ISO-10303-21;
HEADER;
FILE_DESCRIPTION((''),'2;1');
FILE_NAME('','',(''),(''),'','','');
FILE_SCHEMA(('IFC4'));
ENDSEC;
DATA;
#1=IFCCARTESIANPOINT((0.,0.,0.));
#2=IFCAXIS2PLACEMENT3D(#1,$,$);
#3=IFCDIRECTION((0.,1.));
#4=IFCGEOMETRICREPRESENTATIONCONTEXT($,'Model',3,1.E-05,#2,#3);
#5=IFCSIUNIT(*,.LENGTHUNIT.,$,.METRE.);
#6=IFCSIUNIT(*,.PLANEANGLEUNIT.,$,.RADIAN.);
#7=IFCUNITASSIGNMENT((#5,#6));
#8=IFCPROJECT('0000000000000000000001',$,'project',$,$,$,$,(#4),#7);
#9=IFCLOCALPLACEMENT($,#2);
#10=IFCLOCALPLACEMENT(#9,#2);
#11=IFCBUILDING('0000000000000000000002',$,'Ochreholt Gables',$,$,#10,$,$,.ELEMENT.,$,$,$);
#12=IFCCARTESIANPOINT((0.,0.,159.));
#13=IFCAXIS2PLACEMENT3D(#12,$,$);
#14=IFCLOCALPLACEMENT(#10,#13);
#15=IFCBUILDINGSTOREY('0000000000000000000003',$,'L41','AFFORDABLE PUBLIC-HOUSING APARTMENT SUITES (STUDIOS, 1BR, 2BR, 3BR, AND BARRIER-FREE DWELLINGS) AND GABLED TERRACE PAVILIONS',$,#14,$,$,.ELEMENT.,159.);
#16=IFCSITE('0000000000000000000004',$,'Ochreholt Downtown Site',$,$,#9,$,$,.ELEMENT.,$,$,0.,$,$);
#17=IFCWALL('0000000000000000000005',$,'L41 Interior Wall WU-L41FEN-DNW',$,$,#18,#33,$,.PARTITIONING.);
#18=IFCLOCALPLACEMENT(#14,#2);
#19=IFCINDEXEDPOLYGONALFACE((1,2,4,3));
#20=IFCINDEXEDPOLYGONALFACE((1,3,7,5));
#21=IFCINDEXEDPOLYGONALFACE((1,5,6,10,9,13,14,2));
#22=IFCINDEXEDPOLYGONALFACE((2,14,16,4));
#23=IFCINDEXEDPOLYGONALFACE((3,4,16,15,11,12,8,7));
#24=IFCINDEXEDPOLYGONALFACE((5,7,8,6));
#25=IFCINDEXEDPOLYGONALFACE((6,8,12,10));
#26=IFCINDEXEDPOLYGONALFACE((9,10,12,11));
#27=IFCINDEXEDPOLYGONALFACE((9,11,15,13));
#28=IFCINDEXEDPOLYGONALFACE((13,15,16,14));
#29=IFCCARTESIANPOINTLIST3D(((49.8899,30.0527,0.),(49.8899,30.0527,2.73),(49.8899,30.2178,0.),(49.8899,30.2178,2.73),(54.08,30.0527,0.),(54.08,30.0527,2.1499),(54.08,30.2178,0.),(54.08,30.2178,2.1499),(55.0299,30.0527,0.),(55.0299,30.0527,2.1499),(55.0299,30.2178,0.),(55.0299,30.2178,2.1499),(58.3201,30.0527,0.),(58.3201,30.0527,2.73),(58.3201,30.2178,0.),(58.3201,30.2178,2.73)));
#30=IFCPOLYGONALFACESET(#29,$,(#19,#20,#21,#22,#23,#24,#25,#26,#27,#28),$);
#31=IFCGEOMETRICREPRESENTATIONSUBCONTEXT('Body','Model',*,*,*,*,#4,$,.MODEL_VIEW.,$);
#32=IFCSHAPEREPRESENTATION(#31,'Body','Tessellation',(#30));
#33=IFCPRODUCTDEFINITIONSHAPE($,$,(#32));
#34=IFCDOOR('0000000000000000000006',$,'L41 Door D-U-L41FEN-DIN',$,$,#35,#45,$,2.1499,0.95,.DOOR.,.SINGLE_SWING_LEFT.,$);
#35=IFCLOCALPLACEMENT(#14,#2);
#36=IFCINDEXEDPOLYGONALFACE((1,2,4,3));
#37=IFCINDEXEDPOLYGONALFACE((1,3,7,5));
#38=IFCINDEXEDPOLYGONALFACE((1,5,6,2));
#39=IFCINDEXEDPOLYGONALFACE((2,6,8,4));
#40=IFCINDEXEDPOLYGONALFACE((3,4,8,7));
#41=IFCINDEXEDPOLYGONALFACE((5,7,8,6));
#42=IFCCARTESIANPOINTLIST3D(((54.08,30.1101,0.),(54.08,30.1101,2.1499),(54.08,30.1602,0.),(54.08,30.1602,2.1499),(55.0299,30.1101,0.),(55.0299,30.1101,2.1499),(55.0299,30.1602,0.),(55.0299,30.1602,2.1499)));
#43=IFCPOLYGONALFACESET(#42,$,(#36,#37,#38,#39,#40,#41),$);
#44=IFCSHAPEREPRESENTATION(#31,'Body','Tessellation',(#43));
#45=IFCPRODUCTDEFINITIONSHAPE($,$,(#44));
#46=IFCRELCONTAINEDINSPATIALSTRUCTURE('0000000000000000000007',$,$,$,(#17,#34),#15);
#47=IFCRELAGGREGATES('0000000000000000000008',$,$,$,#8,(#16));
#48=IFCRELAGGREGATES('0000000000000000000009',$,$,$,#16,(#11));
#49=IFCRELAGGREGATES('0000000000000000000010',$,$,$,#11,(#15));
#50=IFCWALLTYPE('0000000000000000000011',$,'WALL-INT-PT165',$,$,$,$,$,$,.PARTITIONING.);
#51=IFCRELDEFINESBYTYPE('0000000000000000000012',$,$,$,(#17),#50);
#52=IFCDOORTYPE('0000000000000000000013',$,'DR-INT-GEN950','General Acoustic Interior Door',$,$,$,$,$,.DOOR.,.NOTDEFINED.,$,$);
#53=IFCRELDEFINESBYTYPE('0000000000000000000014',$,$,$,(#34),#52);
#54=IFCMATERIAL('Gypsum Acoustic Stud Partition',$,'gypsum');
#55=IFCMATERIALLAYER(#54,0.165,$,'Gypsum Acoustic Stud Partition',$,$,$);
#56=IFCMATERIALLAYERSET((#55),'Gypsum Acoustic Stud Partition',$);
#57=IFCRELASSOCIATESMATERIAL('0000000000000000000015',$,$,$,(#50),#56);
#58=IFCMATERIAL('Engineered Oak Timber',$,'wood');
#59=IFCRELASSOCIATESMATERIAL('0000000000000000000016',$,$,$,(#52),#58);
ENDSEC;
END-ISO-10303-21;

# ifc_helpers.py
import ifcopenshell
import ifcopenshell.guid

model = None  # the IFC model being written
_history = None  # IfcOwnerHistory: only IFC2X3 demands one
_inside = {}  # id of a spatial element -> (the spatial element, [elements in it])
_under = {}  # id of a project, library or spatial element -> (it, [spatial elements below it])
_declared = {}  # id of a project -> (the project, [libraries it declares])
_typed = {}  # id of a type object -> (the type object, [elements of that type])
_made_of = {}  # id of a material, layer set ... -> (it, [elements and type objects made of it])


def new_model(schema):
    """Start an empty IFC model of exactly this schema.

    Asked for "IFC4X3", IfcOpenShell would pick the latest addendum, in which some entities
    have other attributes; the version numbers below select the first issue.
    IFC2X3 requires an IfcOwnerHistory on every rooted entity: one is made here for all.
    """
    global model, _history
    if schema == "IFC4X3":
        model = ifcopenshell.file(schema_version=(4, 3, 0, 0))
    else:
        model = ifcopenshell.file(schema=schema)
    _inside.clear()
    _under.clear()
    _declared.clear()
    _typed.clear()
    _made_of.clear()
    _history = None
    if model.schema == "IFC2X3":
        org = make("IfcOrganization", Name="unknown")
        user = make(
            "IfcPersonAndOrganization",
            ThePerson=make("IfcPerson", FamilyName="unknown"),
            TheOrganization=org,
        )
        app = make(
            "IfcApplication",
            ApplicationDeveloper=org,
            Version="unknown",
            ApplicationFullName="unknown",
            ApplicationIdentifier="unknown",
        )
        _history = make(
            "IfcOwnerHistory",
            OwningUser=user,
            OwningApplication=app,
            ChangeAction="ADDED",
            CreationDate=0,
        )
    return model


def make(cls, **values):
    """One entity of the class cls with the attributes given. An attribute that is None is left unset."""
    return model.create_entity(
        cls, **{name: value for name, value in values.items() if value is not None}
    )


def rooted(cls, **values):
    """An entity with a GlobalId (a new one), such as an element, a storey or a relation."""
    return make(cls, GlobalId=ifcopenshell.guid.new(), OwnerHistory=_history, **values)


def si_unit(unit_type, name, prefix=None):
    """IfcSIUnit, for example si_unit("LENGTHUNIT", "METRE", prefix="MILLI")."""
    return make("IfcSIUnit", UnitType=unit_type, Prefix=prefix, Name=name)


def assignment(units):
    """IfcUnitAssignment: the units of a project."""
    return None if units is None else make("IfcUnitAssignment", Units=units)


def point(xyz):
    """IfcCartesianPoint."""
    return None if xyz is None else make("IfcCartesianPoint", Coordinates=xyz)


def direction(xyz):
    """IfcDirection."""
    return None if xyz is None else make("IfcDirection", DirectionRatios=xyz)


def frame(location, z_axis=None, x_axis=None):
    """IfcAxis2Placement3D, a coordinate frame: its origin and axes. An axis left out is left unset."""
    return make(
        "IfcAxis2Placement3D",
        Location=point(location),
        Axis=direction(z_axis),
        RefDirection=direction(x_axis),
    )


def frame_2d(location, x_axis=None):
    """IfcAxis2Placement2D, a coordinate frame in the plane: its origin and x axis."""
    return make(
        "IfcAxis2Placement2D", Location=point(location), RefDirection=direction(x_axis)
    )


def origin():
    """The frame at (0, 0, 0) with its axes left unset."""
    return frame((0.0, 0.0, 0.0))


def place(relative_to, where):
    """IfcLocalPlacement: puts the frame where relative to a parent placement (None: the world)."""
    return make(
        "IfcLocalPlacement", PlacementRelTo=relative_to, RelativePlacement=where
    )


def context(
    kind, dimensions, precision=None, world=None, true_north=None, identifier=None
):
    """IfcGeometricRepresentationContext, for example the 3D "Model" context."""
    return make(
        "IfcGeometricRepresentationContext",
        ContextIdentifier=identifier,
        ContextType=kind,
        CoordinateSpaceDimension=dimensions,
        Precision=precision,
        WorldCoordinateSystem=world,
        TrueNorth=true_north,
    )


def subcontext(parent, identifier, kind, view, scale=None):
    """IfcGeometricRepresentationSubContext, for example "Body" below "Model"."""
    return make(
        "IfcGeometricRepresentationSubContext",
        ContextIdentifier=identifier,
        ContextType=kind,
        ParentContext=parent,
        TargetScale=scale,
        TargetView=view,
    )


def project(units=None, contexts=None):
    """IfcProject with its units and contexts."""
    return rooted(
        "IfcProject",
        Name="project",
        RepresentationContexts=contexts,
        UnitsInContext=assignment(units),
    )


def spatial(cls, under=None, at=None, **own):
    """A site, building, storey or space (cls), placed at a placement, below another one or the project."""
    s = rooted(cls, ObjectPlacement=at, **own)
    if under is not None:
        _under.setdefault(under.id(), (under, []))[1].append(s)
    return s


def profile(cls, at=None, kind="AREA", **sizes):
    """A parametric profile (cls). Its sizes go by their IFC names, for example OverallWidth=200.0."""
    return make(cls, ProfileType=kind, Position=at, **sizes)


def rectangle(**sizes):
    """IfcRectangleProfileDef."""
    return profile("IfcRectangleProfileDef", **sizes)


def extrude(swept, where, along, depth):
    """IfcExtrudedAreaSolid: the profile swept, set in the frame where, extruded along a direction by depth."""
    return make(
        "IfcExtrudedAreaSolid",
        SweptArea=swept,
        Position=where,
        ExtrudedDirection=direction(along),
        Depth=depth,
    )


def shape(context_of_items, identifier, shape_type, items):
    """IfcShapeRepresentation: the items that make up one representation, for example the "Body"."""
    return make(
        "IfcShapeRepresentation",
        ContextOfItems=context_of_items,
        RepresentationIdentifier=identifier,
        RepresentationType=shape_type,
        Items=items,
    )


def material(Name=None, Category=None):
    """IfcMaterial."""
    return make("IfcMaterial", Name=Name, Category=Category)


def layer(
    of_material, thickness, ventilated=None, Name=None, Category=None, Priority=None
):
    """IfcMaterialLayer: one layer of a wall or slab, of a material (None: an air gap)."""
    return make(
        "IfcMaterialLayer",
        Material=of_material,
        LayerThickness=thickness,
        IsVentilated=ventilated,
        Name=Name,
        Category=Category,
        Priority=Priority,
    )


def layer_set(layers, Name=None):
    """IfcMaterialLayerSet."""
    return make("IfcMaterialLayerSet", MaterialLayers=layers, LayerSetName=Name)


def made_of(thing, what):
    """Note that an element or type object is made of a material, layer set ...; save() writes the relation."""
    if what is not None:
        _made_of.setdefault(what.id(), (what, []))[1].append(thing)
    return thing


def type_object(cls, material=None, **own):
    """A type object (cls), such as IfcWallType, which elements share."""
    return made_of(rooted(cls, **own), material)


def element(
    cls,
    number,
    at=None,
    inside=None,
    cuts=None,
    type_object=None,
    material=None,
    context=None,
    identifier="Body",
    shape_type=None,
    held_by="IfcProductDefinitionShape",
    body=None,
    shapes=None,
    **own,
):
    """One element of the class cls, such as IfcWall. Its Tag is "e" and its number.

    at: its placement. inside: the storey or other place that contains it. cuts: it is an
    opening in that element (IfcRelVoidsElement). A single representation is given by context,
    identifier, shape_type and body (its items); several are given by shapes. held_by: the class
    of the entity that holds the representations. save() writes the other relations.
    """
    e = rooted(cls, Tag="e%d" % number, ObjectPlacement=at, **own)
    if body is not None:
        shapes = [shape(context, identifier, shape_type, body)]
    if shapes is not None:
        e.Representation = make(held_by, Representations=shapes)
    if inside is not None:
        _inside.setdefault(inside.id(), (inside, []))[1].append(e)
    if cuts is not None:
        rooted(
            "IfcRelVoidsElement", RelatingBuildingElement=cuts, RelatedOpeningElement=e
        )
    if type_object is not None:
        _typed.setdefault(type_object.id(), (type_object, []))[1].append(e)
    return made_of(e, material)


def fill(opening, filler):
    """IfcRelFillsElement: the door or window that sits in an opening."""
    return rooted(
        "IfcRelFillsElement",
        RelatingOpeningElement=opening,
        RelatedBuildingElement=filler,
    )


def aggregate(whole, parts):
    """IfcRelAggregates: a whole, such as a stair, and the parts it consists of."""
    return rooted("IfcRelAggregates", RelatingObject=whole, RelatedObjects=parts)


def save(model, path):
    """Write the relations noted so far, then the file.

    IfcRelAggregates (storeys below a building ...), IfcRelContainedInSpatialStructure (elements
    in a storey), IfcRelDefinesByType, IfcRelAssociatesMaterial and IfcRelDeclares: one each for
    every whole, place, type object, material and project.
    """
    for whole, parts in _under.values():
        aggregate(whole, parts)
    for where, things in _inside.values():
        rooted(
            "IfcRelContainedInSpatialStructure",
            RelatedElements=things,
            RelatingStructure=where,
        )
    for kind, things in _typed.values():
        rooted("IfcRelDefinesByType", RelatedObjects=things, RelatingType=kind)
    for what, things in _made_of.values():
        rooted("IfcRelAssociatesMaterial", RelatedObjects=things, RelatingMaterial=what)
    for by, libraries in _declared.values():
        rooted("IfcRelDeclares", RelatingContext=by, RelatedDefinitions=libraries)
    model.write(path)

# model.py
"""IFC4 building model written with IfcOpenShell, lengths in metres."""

from ifc_helpers import new_model, si_unit, direction, frame, frame_2d, origin, place, context, subcontext, project, spatial, rectangle, extrude, material, layer, layer_set, type_object, element, fill, save


model = new_model("IFC4")

# Units and contexts
model_context = context("Model", 3, precision=1e-05, world=origin(), true_north=direction((0.0, 1.0)))
body_context = subcontext(model_context, "Body", "Model", "MODEL_VIEW")
ifc_project = project(units=[si_unit("LENGTHUNIT", "METRE"), si_unit("PLANEANGLEUNIT", "RADIAN")], contexts=[model_context])

# Site, building, storey
site_placement = place(None, origin())
site = spatial("IfcSite", under=ifc_project, at=site_placement, Name="Ochreholt Downtown Site", CompositionType="ELEMENT", RefElevation=0.0)
building_placement = place(site_placement, origin())
building = spatial("IfcBuilding", under=site, at=building_placement, Name="Ochreholt Gables", CompositionType="ELEMENT")
storey_placement = place(building_placement, frame((0.0, 0.0, 159.0)))
storey = spatial("IfcBuildingStorey", under=building, at=storey_placement, Name="L41", Description="AFFORDABLE PUBLIC-HOUSING APARTMENT SUITES (STUDIOS, 1BR, 2BR, 3BR, AND BARRIER-FREE DWELLINGS) AND GABLED TERRACE PAVILIONS", CompositionType="ELEMENT", Elevation=159.0)

# Shared definitions
ifc_material_1 = material(Name="Engineered Oak Timber", Category="wood")

# Wall, opening, door
ifc_material_2 = material(Name="Gypsum Acoustic Stud Partition", Category="gypsum")
ifc_layer_1 = layer(ifc_material_2, 0.165, Name="Gypsum Acoustic Stud Partition")
ifc_layer_set_1 = layer_set([ifc_layer_1], Name="Gypsum Acoustic Stud Partition")
wall_type_1 = type_object("IfcWallType", Name="WALL-INT-PT165", PredefinedType="PARTITIONING", material=ifc_layer_set_1)
wall_1_placement = place(storey_placement, frame((49.8899, 30.1353, 0.0), z_axis=(0.0, 0.0, 1.0), x_axis=(1.0, 0.0, 0.0)))
wall_1 = element("IfcWall", 1, at=wall_1_placement, inside=storey, type_object=wall_type_1, Name="L41 Interior Wall WU-L41FEN-DNW", PredefinedType="PARTITIONING", context=body_context, shape_type="SweptSolid", body=[
    extrude(rectangle(XDim=8.4302, YDim=0.165, at=frame_2d((4.2151, 0.0))), origin(), (0.0, 0.0, 1.0), 2.73),
])
opening_1_placement = place(wall_1_placement, frame((4.1899, 0.0, 0.0)))
opening_1 = element("IfcOpeningElement", 2, at=opening_1_placement, cuts=wall_1, PredefinedType="OPENING", context=body_context, shape_type="SweptSolid", body=[
    extrude(rectangle(XDim=0.95, YDim=2.1499, at=frame_2d((0.4751, 1.075))), frame((0.0, 0.0925, 0.0), z_axis=(0.0, -1.0, 0.0), x_axis=(1.0, 0.0, 0.0)), (0.0, 0.0, 1.0), 0.1851),
])
door_type_1 = type_object("IfcDoorType", Name="DR-INT-GEN950", Description="General Acoustic Interior Door", OperationType="NOTDEFINED", PredefinedType="DOOR", material=ifc_material_1)
door_1_placement = place(opening_1_placement, origin())
door_1 = element("IfcDoor", 3, at=door_1_placement, inside=storey, type_object=door_type_1, Name="L41 Door D-U-L41FEN-DIN", OperationType="SINGLE_SWING_LEFT", OverallHeight=2.1499, OverallWidth=0.95, PredefinedType="DOOR", context=body_context, shape_type="SweptSolid", body=[
    extrude(rectangle(XDim=0.95, YDim=2.1499, at=frame_2d((0.4751, 1.075))), frame((0.0, 0.0249, 0.0), z_axis=(0.0, -1.0, 0.0), x_axis=(1.0, 0.0, 0.0)), (0.0, 0.0, 1.0), 0.05),
])
fill(opening_1, door_1)

save(model, "model.ifc")
